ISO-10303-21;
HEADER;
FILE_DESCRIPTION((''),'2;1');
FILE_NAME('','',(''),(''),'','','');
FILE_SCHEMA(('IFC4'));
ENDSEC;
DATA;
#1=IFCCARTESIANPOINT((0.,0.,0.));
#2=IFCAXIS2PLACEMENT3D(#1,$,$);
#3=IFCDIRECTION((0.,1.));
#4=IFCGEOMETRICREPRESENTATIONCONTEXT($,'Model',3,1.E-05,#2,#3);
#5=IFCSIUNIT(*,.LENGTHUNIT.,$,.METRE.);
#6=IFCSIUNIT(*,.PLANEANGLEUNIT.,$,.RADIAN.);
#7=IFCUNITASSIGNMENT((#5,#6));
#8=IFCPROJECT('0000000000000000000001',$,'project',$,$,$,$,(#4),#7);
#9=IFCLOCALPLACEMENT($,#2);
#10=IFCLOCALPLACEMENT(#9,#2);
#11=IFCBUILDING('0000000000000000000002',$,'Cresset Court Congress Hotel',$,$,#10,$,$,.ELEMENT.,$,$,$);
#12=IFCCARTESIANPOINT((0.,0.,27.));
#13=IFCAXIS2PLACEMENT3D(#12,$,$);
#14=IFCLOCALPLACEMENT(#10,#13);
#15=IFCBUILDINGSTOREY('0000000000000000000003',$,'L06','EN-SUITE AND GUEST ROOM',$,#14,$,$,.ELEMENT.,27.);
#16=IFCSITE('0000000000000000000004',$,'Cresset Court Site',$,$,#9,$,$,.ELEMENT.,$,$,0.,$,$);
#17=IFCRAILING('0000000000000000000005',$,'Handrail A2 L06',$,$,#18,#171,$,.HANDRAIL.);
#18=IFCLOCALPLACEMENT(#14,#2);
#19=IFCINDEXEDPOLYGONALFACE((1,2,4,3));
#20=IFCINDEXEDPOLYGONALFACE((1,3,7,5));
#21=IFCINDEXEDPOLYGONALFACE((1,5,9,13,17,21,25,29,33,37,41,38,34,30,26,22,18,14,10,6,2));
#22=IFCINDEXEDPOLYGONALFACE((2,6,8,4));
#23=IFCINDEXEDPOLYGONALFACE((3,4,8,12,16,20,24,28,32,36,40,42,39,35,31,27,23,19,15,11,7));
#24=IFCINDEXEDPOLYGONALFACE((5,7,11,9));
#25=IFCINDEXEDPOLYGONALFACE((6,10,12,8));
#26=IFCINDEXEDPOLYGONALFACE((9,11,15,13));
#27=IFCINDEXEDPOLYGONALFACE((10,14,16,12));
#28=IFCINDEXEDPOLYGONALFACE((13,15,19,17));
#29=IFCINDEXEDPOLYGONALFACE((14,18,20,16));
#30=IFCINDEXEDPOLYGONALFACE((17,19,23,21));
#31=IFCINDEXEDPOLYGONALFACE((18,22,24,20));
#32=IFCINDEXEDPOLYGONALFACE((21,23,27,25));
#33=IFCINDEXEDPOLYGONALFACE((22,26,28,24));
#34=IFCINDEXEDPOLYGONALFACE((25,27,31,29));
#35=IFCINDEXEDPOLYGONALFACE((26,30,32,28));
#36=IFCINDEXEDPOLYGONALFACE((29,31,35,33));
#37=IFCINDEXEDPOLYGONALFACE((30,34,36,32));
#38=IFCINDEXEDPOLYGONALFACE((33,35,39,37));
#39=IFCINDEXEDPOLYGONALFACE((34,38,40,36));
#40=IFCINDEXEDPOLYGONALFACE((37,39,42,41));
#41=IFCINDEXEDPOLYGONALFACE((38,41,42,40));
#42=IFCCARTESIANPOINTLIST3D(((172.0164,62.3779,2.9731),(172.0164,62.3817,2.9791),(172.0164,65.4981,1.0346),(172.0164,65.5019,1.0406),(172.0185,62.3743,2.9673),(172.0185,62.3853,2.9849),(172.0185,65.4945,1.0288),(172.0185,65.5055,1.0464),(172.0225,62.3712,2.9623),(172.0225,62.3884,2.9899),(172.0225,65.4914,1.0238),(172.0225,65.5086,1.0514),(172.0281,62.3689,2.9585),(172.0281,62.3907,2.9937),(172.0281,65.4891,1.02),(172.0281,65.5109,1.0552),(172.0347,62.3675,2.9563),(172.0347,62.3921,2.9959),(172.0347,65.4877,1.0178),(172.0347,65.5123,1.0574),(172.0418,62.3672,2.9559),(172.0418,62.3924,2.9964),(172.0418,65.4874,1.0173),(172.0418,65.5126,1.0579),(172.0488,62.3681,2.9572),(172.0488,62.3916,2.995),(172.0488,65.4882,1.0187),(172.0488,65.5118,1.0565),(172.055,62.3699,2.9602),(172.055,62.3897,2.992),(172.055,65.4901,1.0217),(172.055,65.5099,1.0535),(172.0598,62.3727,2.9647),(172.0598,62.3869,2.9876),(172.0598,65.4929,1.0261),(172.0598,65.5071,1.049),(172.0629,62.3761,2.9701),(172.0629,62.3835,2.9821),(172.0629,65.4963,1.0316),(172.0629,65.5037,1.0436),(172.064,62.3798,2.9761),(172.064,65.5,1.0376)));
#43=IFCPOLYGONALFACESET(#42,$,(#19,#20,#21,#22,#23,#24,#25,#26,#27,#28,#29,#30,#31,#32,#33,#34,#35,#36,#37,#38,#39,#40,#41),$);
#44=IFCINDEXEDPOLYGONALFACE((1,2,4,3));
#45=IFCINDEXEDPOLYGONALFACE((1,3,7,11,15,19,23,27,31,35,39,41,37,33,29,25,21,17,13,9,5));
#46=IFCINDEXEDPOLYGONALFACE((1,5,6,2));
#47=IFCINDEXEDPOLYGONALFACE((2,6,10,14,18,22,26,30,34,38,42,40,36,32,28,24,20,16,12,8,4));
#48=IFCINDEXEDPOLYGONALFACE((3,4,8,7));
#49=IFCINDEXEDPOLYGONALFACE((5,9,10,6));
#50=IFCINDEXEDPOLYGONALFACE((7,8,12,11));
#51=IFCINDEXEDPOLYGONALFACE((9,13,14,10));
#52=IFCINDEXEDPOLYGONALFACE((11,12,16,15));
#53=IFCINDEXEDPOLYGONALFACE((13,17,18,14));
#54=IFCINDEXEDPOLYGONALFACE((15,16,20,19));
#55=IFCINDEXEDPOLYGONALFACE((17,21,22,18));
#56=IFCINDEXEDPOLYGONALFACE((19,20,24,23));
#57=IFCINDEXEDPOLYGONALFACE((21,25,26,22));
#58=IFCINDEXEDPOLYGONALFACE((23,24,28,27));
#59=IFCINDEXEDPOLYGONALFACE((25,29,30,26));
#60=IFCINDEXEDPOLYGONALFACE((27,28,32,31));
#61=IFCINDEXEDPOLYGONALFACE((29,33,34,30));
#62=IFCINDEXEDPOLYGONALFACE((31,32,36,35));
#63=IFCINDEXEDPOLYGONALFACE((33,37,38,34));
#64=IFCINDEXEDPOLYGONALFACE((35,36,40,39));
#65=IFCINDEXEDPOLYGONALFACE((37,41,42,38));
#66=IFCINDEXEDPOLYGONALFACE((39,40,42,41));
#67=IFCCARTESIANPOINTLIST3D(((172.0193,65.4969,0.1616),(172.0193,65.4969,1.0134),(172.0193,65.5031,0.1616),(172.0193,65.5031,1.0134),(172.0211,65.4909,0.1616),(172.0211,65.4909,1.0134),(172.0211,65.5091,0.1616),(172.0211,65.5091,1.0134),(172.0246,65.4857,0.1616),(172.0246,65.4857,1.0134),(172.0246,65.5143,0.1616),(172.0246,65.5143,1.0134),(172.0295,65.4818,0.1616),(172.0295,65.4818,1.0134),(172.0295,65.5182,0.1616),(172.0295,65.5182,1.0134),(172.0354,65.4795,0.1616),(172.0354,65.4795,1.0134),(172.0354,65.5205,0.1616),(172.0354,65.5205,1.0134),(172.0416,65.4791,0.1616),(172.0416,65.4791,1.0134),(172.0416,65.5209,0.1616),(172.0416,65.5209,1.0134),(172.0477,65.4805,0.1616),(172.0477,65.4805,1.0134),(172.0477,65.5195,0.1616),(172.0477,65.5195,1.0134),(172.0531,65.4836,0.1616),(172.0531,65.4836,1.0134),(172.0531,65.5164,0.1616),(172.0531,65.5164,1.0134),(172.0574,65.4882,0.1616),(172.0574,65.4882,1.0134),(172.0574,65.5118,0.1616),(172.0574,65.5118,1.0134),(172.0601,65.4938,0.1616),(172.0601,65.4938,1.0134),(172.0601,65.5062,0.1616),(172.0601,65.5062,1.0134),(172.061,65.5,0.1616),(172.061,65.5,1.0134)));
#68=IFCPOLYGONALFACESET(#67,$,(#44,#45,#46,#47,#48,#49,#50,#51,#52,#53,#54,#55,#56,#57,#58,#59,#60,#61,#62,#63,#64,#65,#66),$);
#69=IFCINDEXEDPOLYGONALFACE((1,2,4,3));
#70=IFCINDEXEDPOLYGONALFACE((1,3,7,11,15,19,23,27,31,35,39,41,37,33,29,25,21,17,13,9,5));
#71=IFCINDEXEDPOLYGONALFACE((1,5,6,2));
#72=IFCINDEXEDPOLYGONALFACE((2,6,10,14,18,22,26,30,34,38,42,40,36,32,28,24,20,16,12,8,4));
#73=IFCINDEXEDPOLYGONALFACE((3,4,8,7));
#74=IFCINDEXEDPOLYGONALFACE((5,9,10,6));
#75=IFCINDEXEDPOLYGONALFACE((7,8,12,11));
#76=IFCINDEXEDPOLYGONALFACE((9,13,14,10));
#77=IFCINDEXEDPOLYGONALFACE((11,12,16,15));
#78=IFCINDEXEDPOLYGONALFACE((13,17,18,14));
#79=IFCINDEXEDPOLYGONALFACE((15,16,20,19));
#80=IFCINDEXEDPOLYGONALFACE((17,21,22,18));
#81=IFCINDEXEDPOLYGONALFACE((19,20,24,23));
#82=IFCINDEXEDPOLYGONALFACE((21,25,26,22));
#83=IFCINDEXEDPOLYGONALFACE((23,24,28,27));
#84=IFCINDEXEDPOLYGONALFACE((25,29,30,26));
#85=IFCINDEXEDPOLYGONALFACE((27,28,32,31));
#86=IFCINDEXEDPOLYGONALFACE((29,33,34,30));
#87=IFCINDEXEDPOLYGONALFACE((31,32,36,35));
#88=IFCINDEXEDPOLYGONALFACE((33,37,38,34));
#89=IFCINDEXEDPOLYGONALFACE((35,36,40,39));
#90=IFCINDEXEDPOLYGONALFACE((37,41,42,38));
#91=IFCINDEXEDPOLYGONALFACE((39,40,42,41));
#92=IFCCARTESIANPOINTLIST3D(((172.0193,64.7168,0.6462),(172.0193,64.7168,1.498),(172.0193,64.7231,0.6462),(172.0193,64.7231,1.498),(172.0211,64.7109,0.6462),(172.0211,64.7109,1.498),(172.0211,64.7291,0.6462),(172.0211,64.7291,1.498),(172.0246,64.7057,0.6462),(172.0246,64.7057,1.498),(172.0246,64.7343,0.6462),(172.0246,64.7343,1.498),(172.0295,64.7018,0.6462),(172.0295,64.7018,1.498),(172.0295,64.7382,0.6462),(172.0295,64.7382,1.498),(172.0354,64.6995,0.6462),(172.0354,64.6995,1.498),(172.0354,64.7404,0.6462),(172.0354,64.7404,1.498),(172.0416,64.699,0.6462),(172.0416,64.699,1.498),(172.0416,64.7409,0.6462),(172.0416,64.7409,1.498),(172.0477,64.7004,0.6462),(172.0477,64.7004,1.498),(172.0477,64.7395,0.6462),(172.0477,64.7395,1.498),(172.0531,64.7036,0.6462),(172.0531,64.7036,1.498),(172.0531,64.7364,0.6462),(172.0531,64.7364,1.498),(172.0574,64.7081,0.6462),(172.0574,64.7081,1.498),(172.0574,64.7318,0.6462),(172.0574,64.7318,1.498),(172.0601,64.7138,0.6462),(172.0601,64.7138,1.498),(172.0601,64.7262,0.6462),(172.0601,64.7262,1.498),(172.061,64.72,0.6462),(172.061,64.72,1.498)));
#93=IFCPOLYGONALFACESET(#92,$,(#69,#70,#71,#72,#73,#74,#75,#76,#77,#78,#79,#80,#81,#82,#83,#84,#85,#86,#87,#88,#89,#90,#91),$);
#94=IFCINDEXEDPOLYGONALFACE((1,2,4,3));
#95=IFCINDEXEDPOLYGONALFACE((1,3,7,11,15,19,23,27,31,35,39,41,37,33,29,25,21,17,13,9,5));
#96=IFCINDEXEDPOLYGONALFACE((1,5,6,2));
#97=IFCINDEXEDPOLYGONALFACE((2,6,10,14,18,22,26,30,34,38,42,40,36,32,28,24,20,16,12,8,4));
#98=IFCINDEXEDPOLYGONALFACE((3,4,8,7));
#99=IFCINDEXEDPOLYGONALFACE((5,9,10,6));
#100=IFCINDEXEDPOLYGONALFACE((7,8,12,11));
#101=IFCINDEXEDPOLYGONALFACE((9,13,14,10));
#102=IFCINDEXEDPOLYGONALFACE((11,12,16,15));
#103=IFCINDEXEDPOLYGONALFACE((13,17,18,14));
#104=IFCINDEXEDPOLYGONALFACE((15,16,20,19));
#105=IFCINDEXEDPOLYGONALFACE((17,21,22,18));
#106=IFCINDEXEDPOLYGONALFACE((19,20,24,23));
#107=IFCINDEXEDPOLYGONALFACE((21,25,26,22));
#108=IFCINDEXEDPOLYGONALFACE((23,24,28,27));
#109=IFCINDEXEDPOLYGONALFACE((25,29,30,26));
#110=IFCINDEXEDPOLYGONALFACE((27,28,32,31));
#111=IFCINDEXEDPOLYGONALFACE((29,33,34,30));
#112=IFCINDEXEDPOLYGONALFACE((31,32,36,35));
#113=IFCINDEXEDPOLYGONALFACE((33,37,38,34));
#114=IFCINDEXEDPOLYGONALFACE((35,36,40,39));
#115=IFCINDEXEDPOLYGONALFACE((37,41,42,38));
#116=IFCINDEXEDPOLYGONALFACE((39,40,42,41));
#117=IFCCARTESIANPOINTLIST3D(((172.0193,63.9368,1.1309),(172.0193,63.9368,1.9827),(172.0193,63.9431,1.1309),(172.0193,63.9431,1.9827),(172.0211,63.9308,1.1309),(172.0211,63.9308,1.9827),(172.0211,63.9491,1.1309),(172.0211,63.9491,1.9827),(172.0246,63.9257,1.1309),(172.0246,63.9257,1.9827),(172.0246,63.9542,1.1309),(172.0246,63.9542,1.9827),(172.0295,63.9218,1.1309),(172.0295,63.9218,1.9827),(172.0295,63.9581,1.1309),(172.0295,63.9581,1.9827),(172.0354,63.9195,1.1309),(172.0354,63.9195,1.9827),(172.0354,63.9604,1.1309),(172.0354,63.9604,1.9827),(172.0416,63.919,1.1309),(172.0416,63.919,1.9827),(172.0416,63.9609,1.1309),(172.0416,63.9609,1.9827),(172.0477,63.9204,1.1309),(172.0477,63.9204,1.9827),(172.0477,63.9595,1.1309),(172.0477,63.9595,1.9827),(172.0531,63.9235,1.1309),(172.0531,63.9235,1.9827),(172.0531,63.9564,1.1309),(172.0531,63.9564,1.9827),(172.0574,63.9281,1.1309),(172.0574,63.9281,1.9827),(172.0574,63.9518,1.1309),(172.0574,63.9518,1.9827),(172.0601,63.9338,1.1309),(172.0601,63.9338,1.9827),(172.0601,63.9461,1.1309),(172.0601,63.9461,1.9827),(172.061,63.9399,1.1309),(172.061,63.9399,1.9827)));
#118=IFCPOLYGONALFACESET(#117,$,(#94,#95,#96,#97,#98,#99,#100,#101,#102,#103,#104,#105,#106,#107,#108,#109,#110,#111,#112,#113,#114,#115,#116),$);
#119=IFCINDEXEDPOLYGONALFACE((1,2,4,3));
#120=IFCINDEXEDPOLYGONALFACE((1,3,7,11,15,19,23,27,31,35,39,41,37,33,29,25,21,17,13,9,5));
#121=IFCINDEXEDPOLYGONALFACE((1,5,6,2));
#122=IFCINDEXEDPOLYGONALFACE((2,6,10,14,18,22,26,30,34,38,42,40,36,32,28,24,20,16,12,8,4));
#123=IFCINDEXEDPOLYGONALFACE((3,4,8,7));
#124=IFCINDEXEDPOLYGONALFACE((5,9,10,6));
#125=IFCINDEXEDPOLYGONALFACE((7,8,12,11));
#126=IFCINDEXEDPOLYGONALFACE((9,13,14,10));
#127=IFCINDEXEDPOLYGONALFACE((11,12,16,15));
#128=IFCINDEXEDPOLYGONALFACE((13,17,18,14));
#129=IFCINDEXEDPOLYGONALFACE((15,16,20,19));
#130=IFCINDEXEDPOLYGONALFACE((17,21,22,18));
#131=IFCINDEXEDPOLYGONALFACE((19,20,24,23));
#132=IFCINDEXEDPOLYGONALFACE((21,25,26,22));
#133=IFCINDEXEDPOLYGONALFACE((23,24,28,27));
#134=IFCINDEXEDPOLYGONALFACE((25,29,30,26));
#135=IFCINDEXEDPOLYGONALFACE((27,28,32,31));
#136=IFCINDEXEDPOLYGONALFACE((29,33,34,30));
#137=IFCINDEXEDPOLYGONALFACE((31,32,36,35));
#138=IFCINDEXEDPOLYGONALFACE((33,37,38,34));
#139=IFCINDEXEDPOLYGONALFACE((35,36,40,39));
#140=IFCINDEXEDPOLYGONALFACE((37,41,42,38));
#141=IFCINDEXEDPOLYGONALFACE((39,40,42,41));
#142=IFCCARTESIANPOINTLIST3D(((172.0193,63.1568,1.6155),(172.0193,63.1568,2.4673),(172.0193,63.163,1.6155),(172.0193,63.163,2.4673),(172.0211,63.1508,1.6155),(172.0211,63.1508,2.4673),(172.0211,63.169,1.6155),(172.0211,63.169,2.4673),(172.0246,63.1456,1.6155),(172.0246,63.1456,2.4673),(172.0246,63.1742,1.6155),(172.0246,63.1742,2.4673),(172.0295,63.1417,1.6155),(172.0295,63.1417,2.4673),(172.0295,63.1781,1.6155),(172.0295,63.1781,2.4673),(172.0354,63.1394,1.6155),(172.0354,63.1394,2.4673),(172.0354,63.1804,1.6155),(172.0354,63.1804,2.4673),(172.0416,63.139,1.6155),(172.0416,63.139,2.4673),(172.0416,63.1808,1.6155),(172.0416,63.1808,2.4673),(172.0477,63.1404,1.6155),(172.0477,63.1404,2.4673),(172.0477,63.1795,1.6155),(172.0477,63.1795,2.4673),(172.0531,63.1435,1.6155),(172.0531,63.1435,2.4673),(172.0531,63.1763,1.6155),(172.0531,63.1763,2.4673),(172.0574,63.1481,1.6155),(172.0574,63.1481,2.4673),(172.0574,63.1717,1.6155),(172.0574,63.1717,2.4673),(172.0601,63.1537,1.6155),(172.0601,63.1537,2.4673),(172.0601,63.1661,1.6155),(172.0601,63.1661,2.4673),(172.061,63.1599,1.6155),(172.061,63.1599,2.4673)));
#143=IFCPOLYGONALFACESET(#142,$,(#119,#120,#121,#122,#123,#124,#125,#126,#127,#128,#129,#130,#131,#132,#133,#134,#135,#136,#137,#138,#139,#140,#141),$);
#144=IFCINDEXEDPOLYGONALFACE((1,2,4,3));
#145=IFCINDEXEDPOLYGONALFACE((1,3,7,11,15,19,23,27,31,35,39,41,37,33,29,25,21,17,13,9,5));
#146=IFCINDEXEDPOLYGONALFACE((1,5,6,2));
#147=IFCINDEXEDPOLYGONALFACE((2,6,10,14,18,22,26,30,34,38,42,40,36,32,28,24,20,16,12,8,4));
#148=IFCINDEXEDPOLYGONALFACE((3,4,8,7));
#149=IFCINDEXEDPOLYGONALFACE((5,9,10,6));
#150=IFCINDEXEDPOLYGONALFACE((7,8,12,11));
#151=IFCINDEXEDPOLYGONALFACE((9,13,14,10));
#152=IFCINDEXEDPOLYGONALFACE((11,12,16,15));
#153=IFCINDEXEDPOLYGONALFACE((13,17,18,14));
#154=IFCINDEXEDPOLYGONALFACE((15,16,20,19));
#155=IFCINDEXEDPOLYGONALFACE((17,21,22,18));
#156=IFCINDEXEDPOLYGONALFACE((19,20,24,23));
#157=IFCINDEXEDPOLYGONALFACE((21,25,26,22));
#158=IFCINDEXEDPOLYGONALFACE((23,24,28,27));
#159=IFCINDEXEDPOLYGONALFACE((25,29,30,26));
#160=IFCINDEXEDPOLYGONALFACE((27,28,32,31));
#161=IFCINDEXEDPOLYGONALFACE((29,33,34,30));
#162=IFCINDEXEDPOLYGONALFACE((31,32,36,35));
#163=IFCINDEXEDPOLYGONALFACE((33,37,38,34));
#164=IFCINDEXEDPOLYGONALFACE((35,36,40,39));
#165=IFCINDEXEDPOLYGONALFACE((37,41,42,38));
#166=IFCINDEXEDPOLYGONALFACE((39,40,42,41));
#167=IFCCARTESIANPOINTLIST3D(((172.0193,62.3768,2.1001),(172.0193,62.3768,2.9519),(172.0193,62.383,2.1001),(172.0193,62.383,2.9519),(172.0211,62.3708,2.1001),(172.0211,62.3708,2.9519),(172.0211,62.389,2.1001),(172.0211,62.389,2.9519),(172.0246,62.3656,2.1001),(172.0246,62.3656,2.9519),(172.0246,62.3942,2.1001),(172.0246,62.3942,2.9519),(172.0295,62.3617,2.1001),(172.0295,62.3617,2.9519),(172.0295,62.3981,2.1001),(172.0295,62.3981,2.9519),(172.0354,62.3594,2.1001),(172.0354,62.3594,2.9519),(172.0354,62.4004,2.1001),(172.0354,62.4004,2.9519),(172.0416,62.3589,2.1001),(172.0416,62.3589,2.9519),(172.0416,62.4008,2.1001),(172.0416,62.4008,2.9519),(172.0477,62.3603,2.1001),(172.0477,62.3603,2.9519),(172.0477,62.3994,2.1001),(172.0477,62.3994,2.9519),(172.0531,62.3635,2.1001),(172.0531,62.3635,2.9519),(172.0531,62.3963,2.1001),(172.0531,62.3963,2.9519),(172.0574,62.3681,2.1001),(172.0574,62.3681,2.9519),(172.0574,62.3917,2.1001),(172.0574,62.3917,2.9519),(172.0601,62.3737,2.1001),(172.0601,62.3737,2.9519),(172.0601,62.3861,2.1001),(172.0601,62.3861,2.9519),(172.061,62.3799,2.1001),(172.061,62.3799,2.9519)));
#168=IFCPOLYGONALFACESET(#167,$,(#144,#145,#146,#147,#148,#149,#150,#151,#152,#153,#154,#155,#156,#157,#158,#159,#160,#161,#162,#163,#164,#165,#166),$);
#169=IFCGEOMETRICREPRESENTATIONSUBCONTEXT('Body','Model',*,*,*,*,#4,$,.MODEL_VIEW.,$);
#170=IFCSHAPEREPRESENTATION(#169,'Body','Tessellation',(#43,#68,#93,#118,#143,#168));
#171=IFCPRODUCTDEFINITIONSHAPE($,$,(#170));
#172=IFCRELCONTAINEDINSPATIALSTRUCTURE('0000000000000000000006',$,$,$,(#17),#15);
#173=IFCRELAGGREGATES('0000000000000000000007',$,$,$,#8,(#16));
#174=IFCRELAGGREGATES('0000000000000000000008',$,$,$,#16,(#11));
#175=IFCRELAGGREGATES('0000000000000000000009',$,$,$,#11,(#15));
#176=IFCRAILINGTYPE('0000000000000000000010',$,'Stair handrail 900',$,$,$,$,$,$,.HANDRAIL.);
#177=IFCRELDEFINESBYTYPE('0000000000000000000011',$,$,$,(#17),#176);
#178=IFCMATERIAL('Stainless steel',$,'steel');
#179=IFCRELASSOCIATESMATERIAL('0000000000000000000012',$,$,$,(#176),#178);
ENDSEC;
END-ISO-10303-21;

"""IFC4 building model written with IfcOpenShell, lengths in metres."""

from ifc_helpers import new_model, si_unit, direction, frame, origin, origin_2d, place, context, subcontext, project, spatial, circle, extrude, material, type_object, element, save


model = new_model("IFC4")

# Units and contexts
model_context = context("Model", 3, precision=1e-05, world=origin(), true_north=direction((0.0, 1.0)))
body_context = subcontext(model_context, "Body", "Model", "MODEL_VIEW")
ifc_project = project(units=[si_unit("LENGTHUNIT", "METRE"), si_unit("PLANEANGLEUNIT", "RADIAN")], contexts=[model_context])

# Site, building, storey
site_placement = place(None, origin())
site = spatial("IfcSite", under=ifc_project, at=site_placement, Name="Cresset Court Site", CompositionType="ELEMENT", RefElevation=0.0)
building_placement = place(site_placement, origin())
building = spatial("IfcBuilding", under=site, at=building_placement, Name="Cresset Court Congress Hotel", CompositionType="ELEMENT")
storey_placement = place(building_placement, frame((0.0, 0.0, 27.0)))
storey = spatial("IfcBuildingStorey", under=building, at=storey_placement, Name="L06", Description="EN-SUITE AND GUEST ROOM", CompositionType="ELEMENT", Elevation=27.0)

# Railing
ifc_material_1 = material(Name="Stainless steel", Category="steel")
railing_type_1 = type_object("IfcRailingType", Name="Stair handrail 900", PredefinedType="HANDRAIL", material=ifc_material_1)
for number, where, name in (
    (1, (172.04, 65.5, 0.1616), "Handrail A2 L06"),
):
    element("IfcRailing", number, at=place(storey_placement, frame(where)), inside=storey, type_object=railing_type_1, Name=name, PredefinedType="HANDRAIL", context=body_context, shape_type="SweptSolid", body=[
        extrude(circle(Radius=0.0239, at=origin_2d()), frame((0.0, 0.0, 0.876), z_axis=(0.0, -0.849414, 0.527727), x_axis=(1.0, 0.0, 0.0)), (0.0, 0.0, 1.0), 3.6733),
        extrude(circle(Radius=0.021, at=origin_2d()), origin(), (0.0, 0.0, 1.0), 0.8518),
        extrude(circle(Radius=0.021, at=origin_2d()), frame((0.0, -0.78, 0.4846)), (0.0, 0.0, 1.0), 0.8518),
        extrude(circle(Radius=0.021, at=origin_2d()), frame((0.0, -1.5601, 0.9692)), (0.0, 0.0, 1.0), 0.8518),
        extrude(circle(Radius=0.021, at=origin_2d()), frame((0.0, -2.3401, 1.4539)), (0.0, 0.0, 1.0), 0.8518),
        extrude(circle(Radius=0.021, at=origin_2d()), frame((0.0, -3.1201, 1.9385)), (0.0, 0.0, 1.0), 0.8518),
    ])

save(model, "model.ifc")
